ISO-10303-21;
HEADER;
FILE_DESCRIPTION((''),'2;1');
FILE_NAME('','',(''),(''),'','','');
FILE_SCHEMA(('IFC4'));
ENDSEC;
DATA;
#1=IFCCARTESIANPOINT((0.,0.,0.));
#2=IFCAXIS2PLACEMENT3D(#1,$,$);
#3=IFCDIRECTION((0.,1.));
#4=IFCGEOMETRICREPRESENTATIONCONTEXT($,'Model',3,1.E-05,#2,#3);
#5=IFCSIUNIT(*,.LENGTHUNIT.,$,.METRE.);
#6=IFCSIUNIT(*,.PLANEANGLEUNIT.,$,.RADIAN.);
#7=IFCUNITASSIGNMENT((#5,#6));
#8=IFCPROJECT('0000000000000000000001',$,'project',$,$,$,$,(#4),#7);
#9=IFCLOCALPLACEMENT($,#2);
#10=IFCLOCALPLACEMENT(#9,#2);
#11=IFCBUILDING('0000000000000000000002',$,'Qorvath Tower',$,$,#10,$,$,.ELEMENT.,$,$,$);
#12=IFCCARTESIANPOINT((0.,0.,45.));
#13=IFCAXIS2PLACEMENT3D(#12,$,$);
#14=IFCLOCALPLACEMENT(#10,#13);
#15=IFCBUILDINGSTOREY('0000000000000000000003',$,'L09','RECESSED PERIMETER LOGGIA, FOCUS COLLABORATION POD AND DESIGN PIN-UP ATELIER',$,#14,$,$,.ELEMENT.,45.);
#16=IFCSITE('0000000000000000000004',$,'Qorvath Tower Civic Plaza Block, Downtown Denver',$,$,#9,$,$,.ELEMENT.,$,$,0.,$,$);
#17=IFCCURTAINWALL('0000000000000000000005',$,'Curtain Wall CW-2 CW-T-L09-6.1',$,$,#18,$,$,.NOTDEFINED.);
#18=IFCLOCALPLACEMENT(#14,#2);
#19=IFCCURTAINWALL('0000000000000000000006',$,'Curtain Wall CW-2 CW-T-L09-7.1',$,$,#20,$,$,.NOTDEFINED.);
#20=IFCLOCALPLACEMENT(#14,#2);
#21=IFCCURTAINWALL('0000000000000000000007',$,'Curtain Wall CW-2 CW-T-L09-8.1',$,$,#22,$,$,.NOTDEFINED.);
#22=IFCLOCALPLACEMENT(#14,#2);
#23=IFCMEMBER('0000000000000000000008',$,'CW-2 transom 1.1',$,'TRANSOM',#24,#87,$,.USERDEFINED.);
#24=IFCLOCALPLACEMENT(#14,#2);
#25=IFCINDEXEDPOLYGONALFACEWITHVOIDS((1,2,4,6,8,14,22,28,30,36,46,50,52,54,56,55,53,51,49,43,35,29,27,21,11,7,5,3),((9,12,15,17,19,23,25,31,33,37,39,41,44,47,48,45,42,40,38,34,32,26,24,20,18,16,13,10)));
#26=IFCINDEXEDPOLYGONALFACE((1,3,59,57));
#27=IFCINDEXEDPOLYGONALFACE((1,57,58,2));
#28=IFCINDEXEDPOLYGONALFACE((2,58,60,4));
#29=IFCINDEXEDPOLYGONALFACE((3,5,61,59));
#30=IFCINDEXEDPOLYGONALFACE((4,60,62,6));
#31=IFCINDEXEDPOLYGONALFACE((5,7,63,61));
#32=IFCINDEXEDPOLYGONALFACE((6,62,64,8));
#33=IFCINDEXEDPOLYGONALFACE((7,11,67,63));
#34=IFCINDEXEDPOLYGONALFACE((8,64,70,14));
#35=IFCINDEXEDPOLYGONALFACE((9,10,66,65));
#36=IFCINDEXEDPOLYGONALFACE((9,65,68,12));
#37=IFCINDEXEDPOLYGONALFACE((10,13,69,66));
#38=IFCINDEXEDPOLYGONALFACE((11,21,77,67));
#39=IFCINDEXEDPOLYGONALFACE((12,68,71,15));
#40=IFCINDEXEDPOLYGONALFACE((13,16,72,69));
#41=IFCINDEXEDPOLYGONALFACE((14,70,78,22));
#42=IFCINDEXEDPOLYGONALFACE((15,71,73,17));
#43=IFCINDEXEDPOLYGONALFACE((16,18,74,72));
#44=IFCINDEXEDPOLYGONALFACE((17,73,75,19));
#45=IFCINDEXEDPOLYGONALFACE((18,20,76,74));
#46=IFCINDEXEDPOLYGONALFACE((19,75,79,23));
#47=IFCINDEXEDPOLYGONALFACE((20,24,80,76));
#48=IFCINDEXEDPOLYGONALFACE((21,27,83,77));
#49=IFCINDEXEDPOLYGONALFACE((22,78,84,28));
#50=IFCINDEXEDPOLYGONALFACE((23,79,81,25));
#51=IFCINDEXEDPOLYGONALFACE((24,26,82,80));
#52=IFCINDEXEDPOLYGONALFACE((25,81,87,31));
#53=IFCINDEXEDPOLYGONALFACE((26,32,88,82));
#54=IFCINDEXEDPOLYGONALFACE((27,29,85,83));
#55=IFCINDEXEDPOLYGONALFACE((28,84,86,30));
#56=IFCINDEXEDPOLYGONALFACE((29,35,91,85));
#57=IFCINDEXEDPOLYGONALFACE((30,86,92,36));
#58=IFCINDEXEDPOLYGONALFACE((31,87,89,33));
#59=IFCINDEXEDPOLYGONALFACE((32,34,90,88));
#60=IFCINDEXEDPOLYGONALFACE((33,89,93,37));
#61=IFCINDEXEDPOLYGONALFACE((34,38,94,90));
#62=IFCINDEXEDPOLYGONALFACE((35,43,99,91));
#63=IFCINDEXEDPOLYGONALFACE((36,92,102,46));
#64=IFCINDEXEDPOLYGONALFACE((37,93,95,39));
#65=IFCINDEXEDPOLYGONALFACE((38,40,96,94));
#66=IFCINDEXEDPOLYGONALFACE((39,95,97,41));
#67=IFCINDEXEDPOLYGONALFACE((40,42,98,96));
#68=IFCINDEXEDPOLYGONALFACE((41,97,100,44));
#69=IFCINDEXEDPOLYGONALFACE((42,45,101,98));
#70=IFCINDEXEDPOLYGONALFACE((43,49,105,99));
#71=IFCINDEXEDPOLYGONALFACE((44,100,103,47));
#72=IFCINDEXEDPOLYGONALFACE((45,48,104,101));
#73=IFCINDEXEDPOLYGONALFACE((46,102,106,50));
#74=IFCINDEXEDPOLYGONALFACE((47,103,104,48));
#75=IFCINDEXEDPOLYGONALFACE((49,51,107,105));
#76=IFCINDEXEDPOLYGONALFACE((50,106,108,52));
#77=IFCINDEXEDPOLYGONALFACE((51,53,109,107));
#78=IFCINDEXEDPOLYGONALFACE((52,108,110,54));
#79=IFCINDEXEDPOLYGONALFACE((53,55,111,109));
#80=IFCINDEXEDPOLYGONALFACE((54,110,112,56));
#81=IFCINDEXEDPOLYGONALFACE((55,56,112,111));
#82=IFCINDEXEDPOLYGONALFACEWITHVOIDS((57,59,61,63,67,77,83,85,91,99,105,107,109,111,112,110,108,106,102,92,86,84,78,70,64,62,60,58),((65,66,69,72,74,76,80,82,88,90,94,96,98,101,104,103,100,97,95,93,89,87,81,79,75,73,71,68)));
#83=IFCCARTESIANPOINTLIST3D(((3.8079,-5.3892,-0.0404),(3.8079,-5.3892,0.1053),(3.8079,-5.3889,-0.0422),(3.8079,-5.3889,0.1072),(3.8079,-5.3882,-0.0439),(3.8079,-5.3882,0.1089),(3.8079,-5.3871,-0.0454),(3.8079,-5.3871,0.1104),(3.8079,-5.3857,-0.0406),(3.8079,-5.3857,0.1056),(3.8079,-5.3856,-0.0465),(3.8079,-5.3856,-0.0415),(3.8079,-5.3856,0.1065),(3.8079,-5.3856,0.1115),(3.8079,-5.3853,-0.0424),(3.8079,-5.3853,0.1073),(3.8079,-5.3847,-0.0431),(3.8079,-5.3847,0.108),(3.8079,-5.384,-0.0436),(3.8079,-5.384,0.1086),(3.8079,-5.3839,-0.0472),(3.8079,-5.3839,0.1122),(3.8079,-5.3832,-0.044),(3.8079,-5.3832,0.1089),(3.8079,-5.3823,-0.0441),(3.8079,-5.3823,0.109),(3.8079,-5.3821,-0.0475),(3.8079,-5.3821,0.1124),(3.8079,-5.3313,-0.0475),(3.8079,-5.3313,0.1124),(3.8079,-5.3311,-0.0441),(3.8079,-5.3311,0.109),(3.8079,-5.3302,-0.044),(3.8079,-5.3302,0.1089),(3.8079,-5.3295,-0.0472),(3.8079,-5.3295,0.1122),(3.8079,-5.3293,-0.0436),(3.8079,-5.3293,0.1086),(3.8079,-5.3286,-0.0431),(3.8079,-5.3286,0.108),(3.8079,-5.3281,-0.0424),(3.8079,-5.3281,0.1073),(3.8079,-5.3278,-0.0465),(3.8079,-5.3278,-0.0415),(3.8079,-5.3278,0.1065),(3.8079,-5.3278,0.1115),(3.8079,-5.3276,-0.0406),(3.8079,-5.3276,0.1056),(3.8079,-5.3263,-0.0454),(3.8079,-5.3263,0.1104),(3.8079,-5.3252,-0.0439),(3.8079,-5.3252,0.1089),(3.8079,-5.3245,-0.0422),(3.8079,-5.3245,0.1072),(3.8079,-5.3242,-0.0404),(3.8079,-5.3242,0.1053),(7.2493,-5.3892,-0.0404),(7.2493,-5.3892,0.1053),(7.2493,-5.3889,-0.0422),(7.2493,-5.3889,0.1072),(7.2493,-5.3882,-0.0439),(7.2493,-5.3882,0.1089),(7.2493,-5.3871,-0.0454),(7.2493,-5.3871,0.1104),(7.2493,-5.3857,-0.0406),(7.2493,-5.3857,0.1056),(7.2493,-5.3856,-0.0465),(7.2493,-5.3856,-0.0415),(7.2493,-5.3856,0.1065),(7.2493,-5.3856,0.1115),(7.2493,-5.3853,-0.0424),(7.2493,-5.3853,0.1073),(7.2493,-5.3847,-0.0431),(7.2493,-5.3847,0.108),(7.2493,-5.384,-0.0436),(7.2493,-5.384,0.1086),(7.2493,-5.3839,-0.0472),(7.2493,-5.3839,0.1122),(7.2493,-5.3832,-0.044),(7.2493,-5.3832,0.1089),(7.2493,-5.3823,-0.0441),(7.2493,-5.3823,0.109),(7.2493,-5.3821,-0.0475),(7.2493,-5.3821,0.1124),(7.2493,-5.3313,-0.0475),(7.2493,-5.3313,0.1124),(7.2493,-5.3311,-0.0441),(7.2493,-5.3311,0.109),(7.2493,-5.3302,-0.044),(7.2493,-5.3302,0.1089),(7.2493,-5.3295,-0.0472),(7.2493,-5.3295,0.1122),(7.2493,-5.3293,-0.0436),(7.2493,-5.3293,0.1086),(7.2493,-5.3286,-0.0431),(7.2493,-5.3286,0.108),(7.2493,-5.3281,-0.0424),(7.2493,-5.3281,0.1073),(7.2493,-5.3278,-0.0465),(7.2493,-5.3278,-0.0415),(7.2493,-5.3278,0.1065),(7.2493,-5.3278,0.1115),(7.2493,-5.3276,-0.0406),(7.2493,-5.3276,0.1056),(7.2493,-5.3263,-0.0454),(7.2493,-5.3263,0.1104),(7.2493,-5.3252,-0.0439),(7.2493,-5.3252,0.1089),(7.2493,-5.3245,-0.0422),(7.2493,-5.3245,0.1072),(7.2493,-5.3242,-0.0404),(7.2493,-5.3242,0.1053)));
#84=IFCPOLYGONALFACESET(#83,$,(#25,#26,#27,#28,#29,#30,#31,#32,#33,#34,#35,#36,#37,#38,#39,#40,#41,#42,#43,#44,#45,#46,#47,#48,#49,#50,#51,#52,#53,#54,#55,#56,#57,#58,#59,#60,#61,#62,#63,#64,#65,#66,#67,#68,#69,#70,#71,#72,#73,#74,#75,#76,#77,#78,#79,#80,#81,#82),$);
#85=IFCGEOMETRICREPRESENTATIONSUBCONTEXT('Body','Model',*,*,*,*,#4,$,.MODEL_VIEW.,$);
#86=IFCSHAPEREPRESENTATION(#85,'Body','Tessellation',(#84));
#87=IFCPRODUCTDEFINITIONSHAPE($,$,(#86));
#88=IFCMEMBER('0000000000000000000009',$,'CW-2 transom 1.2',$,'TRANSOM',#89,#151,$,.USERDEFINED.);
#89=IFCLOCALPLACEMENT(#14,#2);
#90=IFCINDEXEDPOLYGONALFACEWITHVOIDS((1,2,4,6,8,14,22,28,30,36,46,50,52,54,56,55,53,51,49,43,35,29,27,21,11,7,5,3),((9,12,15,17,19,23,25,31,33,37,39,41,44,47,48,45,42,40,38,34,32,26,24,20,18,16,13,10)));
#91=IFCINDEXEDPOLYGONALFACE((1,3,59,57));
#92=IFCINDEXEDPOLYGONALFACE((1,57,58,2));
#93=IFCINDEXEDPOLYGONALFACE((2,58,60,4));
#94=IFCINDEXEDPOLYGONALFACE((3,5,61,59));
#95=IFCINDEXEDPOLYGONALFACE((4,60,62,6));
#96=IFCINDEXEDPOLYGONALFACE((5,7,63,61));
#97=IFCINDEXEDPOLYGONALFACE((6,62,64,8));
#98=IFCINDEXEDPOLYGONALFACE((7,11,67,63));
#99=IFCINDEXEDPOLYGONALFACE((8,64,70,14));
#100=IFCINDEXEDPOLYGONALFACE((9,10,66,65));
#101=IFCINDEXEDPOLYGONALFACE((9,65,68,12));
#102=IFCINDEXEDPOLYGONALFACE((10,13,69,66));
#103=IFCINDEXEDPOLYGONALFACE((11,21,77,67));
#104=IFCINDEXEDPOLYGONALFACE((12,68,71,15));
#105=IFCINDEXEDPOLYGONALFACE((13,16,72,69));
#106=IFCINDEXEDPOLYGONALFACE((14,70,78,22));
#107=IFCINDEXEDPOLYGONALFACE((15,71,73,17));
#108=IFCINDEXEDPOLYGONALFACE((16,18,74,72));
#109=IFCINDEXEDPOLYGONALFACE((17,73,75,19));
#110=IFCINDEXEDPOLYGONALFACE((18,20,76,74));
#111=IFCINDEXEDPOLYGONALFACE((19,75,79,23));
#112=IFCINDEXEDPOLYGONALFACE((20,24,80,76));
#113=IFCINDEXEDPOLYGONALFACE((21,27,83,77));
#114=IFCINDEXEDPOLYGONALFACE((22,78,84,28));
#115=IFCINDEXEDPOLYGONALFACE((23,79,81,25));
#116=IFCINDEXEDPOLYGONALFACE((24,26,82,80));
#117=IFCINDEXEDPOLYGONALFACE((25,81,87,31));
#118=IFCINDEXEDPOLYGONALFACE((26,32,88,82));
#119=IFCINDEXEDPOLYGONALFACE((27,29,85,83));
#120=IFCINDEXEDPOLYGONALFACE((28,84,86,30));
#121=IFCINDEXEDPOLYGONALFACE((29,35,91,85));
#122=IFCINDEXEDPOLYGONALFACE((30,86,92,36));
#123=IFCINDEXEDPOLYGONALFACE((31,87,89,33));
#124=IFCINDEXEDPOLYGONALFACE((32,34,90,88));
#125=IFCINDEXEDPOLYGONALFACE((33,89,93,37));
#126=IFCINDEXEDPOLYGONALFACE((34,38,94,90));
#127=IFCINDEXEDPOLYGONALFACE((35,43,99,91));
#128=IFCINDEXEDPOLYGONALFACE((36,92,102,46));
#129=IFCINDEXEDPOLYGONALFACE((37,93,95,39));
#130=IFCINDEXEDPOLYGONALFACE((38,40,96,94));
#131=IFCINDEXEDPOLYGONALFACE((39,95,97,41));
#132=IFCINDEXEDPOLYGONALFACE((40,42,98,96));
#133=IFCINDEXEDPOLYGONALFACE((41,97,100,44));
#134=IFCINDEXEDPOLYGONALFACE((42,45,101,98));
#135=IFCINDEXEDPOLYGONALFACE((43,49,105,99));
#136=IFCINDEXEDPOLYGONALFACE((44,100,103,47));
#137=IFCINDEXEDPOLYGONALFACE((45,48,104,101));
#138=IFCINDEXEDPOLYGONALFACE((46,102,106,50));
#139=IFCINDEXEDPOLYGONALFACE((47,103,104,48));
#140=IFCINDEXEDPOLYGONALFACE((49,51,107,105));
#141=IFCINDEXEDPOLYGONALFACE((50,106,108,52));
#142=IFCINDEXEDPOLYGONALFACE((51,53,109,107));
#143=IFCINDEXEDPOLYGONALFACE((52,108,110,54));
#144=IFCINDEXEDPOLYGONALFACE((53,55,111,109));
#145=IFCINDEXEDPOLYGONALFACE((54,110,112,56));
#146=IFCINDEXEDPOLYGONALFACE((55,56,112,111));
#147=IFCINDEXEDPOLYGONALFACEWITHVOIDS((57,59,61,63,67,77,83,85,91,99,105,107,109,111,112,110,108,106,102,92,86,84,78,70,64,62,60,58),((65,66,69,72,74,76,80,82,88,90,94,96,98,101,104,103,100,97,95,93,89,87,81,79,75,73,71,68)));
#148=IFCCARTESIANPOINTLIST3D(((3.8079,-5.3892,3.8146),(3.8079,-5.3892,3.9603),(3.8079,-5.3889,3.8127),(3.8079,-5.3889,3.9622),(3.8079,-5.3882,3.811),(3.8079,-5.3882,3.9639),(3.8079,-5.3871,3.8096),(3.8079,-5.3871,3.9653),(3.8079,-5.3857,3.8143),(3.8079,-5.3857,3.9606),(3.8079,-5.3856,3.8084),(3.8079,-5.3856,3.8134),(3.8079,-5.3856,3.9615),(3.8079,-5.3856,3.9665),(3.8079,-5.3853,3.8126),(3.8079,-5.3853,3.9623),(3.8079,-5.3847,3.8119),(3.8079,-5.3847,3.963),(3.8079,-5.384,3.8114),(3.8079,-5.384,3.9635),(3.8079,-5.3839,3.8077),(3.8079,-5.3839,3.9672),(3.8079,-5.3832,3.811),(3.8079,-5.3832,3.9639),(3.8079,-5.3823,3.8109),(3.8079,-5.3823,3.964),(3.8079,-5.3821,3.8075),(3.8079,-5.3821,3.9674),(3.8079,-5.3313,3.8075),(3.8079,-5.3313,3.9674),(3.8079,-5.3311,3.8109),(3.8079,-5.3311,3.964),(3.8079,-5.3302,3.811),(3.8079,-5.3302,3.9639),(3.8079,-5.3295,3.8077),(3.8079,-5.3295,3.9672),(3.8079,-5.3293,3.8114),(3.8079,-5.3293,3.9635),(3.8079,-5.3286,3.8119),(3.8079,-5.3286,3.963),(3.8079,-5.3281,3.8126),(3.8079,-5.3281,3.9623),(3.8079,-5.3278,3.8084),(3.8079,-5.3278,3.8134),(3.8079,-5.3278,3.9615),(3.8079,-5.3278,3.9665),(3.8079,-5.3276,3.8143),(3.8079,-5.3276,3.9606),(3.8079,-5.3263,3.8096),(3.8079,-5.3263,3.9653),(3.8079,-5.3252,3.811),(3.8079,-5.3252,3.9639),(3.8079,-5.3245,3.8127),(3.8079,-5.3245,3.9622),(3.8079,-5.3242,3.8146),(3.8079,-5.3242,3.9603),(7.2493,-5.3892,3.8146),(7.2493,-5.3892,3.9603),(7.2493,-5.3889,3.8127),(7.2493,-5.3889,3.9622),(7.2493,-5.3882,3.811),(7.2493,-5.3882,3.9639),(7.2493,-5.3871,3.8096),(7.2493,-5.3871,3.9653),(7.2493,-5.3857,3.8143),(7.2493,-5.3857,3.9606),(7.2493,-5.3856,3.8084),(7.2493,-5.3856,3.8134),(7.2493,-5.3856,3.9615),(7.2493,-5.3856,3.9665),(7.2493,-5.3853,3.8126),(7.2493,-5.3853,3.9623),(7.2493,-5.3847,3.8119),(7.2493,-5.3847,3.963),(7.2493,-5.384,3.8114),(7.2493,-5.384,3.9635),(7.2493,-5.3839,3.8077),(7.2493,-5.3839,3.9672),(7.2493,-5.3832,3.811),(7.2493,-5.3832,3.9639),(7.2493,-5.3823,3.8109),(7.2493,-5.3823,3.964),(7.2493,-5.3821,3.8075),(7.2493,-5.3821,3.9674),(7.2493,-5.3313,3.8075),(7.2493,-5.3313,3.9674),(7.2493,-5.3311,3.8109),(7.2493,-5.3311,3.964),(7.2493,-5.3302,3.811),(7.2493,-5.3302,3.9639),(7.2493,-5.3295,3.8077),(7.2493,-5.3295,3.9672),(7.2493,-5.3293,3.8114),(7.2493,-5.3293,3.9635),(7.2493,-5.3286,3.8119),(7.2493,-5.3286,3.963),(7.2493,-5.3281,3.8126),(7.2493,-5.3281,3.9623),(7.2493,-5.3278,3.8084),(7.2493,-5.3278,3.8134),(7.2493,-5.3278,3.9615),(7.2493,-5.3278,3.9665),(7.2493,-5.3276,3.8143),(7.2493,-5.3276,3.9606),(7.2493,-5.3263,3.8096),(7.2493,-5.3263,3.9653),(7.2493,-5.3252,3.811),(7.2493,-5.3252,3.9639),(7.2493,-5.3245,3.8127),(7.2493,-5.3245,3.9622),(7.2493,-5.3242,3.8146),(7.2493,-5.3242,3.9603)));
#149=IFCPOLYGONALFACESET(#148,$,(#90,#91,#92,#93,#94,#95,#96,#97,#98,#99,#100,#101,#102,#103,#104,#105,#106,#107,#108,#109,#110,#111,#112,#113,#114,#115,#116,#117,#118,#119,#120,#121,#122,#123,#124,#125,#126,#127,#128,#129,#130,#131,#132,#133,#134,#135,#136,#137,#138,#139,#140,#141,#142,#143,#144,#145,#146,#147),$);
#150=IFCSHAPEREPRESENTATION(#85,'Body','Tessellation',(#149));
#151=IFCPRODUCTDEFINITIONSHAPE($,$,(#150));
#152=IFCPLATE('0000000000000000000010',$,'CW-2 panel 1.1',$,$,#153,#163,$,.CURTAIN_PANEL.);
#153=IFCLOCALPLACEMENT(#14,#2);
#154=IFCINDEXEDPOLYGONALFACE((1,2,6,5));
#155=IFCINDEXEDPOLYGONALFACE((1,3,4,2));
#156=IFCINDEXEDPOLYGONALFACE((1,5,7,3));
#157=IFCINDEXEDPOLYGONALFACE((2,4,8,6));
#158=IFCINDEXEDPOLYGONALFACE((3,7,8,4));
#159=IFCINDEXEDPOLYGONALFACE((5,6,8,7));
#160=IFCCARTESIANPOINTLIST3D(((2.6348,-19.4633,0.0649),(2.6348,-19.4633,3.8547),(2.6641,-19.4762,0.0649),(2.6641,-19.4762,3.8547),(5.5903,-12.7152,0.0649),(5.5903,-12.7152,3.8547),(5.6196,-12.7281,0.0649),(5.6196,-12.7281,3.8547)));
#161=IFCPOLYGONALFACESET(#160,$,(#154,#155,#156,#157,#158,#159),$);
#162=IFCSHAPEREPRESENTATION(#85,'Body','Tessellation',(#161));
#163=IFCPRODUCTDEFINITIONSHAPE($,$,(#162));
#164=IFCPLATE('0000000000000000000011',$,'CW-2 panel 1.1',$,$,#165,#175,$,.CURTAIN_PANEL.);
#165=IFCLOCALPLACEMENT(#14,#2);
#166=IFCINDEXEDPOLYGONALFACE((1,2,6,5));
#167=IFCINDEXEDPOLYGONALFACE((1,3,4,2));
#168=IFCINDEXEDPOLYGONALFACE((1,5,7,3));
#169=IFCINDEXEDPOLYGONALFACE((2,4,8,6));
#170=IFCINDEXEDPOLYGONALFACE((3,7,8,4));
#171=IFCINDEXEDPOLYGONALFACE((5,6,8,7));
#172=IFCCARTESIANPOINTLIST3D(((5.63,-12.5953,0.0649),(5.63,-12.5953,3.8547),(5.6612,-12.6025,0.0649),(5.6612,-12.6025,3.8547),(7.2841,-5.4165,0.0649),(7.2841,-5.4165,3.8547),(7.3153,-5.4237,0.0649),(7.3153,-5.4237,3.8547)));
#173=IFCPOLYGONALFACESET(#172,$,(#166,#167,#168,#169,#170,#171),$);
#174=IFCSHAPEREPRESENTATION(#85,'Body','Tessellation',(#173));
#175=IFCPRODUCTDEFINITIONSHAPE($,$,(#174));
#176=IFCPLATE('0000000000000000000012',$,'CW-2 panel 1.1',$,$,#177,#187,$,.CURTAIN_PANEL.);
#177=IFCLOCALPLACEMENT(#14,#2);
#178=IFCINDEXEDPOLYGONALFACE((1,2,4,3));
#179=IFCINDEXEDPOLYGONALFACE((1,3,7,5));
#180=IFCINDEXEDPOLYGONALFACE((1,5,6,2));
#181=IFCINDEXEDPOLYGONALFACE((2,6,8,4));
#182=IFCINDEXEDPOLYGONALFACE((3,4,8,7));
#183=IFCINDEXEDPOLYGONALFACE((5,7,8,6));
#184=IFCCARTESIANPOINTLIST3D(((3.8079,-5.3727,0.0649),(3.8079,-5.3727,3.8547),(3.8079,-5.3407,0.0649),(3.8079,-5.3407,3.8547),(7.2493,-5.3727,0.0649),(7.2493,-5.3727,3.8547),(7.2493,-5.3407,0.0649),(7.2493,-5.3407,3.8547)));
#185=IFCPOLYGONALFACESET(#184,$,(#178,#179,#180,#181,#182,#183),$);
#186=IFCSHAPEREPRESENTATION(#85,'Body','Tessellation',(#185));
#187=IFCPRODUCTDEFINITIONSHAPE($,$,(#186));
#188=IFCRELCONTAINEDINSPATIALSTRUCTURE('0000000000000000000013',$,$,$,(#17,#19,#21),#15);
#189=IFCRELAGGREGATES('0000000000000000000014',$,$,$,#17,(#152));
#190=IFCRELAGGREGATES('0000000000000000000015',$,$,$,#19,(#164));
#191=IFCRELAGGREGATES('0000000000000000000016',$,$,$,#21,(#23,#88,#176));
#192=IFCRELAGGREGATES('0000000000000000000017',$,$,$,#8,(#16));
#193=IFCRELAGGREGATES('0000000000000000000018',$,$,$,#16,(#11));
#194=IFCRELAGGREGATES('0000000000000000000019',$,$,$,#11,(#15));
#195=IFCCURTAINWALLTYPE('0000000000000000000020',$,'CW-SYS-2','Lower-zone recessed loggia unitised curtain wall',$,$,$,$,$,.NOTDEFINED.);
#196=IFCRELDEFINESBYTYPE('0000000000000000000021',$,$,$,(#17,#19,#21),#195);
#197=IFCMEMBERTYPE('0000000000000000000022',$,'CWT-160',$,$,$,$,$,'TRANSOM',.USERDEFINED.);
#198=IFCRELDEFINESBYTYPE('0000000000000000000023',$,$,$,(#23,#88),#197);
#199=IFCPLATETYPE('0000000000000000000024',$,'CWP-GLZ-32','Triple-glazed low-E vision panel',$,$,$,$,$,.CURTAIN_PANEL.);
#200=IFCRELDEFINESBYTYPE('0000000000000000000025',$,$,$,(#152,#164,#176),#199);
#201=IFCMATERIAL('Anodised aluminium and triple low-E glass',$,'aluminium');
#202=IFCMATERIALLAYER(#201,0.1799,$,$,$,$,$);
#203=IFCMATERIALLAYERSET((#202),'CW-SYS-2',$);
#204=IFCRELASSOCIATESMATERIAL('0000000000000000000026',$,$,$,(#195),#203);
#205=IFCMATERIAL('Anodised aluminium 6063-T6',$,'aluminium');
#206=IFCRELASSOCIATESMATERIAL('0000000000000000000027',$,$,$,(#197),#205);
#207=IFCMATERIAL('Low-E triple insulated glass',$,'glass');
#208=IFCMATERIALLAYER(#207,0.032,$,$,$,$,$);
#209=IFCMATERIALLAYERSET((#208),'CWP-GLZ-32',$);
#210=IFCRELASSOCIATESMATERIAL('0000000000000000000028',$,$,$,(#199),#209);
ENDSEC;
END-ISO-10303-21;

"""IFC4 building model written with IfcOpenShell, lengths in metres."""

from ifc_helpers import new_model, si_unit, direction, frame, origin, origin_2d, place, context, subcontext, project, spatial, rectangle, hollow_rectangle, extrude, material, layer, layer_set, material_profile, profile_set, type_object, element, aggregate, save


model = new_model("IFC4")

# Units and contexts
model_context = context("Model", 3, precision=1e-05, world=origin(), true_north=direction((0.0, 1.0)))
body_context = subcontext(model_context, "Body", "Model", "MODEL_VIEW")
ifc_project = project(units=[si_unit("LENGTHUNIT", "METRE"), si_unit("PLANEANGLEUNIT", "RADIAN")], contexts=[model_context])

# Site, building, storey
site_placement = place(None, origin())
site = spatial("IfcSite", under=ifc_project, at=site_placement, Name="Qorvath Tower Civic Plaza Block, Downtown Denver", CompositionType="ELEMENT", RefElevation=0.0)
building_placement = place(site_placement, origin())
building = spatial("IfcBuilding", under=site, at=building_placement, Name="Qorvath Tower", CompositionType="ELEMENT")
storey_placement = place(building_placement, frame((0.0, 0.0, 45.0)))
storey = spatial("IfcBuildingStorey", under=building, at=storey_placement, Name="L09", Description="RECESSED PERIMETER LOGGIA, FOCUS COLLABORATION POD AND DESIGN PIN-UP ATELIER", CompositionType="ELEMENT", Elevation=45.0)

# Shared definitions
ifc_material_1 = material(Name="Anodised aluminium and triple low-E glass", Category="aluminium")
ifc_layer_1 = layer(ifc_material_1, 0.1799)
ifc_layer_set_1 = layer_set([ifc_layer_1], Name="CW-SYS-2")
curtain_wall_type = type_object("IfcCurtainWallType", Name="CW-SYS-2", Description="Lower-zone recessed loggia unitised curtain wall", PredefinedType="NOTDEFINED", material=ifc_layer_set_1)

# Curtain walls
curtain_wall_1_placement = place(storey_placement, origin())
curtain_wall_1 = element("IfcCurtainWall", 1, at=curtain_wall_1_placement, inside=storey, type_object=curtain_wall_type, Name="Curtain Wall CW-2 CW-T-L09-6.1", PredefinedType="NOTDEFINED")
curtain_wall_2_placement = place(storey_placement, origin())
curtain_wall_2 = element("IfcCurtainWall", 2, at=curtain_wall_2_placement, inside=storey, type_object=curtain_wall_type, Name="Curtain Wall CW-2 CW-T-L09-7.1", PredefinedType="NOTDEFINED")

# Curtain wall
curtain_wall_3_placement = place(storey_placement, origin())
curtain_wall_3 = element("IfcCurtainWall", 3, at=curtain_wall_3_placement, inside=storey, type_object=curtain_wall_type, Name="Curtain Wall CW-2 CW-T-L09-8.1", PredefinedType="NOTDEFINED")

# Members
ifc_material_2 = material(Name="Anodised aluminium 6063-T6", Category="aluminium")
ifc_material_profile_1 = material_profile(ifc_material_2, hollow_rectangle(XDim=0.0649, YDim=0.1599, WallThickness=0.0034, InnerFilletRadius=0.0034, OuterFilletRadius=0.0071, at=origin_2d()), Name="CWT 160x65")
ifc_profile_set_1 = profile_set([ifc_material_profile_1], Name="Anodised aluminium 6063-T6")
member_type_1 = type_object("IfcMemberType", Name="CWT-160", ElementType="TRANSOM", PredefinedType="USERDEFINED", material=ifc_profile_set_1)
member_1_placement = place(storey_placement, frame((7.2493, -5.3567, 0.0325), z_axis=(-1.0, 0.0, 0.0), x_axis=(0.0, -1.0, 0.0)))
member_1 = element("IfcMember", 4, at=member_1_placement, type_object=member_type_1, Name="CW-2 transom 1.1", ObjectType="TRANSOM", PredefinedType="USERDEFINED", context=body_context, shape_type="SweptSolid", body=[
    extrude(hollow_rectangle(XDim=0.0649, YDim=0.1599, WallThickness=0.0034, InnerFilletRadius=0.0034, OuterFilletRadius=0.0071, at=origin_2d()), origin(), (0.0, 0.0, 1.0), 3.4414),
])
member_2_placement = place(storey_placement, frame((7.2493, -5.3567, 3.8875), z_axis=(-1.0, 0.0, 0.0), x_axis=(0.0, -1.0, 0.0)))
member_2 = element("IfcMember", 5, at=member_2_placement, type_object=member_type_1, Name="CW-2 transom 1.2", ObjectType="TRANSOM", PredefinedType="USERDEFINED", context=body_context, shape_type="SweptSolid", body=[
    extrude(hollow_rectangle(XDim=0.0649, YDim=0.1599, WallThickness=0.0034, InnerFilletRadius=0.0034, OuterFilletRadius=0.0071, at=origin_2d()), origin(), (0.0, 0.0, 1.0), 3.4414),
])

# Plates
ifc_material_3 = material(Name="Low-E triple insulated glass", Category="glass")
ifc_layer_2 = layer(ifc_material_3, 0.032)
ifc_layer_set_2 = layer_set([ifc_layer_2], Name="CWP-GLZ-32")
plate_type = type_object("IfcPlateType", Name="CWP-GLZ-32", Description="Triple-glazed low-E vision panel", PredefinedType="CURTAIN_PANEL", material=ifc_layer_set_2)
plate_1_placement = place(storey_placement, frame((4.1272, -16.0957, 0.0649), z_axis=(0.0, 0.0, 1.0), x_axis=(0.401177, 0.916001, 0.0)))
plate_1 = element("IfcPlate", 6, at=plate_1_placement, type_object=plate_type, Name="CW-2 panel 1.1", PredefinedType="CURTAIN_PANEL", context=body_context, shape_type="SweptSolid", body=[
    extrude(rectangle(XDim=7.3669, YDim=0.032, at=origin_2d()), origin(), (0.0, 0.0, 1.0), 3.7898),
])
aggregate(curtain_wall_1, [plate_1])
plate_2_placement = place(storey_placement, frame((6.4727, -9.0095, 0.0649), z_axis=(0.0, 0.0, 1.0), x_axis=(0.224535, 0.974466, 0.0)))
plate_2 = element("IfcPlate", 7, at=plate_2_placement, type_object=plate_type, Name="CW-2 panel 1.1", PredefinedType="CURTAIN_PANEL", context=body_context, shape_type="SweptSolid", body=[
    extrude(rectangle(XDim=7.3669, YDim=0.032, at=origin_2d()), origin(), (0.0, 0.0, 1.0), 3.7898),
])
aggregate(curtain_wall_2, [plate_2])
plate_3_placement = place(storey_placement, frame((5.5286, -5.3567, 0.0649), z_axis=(0.0, 0.0, 1.0), x_axis=(-1.0, 0.0, 0.0)))
plate_3 = element("IfcPlate", 8, at=plate_3_placement, type_object=plate_type, Name="CW-2 panel 1.1", PredefinedType="CURTAIN_PANEL", context=body_context, shape_type="SweptSolid", body=[
    extrude(rectangle(XDim=3.4414, YDim=0.032, at=origin_2d()), origin(), (0.0, 0.0, 1.0), 3.7898),
])
aggregate(curtain_wall_3, [member_1, member_2, plate_3])

save(model, "model.ifc")
